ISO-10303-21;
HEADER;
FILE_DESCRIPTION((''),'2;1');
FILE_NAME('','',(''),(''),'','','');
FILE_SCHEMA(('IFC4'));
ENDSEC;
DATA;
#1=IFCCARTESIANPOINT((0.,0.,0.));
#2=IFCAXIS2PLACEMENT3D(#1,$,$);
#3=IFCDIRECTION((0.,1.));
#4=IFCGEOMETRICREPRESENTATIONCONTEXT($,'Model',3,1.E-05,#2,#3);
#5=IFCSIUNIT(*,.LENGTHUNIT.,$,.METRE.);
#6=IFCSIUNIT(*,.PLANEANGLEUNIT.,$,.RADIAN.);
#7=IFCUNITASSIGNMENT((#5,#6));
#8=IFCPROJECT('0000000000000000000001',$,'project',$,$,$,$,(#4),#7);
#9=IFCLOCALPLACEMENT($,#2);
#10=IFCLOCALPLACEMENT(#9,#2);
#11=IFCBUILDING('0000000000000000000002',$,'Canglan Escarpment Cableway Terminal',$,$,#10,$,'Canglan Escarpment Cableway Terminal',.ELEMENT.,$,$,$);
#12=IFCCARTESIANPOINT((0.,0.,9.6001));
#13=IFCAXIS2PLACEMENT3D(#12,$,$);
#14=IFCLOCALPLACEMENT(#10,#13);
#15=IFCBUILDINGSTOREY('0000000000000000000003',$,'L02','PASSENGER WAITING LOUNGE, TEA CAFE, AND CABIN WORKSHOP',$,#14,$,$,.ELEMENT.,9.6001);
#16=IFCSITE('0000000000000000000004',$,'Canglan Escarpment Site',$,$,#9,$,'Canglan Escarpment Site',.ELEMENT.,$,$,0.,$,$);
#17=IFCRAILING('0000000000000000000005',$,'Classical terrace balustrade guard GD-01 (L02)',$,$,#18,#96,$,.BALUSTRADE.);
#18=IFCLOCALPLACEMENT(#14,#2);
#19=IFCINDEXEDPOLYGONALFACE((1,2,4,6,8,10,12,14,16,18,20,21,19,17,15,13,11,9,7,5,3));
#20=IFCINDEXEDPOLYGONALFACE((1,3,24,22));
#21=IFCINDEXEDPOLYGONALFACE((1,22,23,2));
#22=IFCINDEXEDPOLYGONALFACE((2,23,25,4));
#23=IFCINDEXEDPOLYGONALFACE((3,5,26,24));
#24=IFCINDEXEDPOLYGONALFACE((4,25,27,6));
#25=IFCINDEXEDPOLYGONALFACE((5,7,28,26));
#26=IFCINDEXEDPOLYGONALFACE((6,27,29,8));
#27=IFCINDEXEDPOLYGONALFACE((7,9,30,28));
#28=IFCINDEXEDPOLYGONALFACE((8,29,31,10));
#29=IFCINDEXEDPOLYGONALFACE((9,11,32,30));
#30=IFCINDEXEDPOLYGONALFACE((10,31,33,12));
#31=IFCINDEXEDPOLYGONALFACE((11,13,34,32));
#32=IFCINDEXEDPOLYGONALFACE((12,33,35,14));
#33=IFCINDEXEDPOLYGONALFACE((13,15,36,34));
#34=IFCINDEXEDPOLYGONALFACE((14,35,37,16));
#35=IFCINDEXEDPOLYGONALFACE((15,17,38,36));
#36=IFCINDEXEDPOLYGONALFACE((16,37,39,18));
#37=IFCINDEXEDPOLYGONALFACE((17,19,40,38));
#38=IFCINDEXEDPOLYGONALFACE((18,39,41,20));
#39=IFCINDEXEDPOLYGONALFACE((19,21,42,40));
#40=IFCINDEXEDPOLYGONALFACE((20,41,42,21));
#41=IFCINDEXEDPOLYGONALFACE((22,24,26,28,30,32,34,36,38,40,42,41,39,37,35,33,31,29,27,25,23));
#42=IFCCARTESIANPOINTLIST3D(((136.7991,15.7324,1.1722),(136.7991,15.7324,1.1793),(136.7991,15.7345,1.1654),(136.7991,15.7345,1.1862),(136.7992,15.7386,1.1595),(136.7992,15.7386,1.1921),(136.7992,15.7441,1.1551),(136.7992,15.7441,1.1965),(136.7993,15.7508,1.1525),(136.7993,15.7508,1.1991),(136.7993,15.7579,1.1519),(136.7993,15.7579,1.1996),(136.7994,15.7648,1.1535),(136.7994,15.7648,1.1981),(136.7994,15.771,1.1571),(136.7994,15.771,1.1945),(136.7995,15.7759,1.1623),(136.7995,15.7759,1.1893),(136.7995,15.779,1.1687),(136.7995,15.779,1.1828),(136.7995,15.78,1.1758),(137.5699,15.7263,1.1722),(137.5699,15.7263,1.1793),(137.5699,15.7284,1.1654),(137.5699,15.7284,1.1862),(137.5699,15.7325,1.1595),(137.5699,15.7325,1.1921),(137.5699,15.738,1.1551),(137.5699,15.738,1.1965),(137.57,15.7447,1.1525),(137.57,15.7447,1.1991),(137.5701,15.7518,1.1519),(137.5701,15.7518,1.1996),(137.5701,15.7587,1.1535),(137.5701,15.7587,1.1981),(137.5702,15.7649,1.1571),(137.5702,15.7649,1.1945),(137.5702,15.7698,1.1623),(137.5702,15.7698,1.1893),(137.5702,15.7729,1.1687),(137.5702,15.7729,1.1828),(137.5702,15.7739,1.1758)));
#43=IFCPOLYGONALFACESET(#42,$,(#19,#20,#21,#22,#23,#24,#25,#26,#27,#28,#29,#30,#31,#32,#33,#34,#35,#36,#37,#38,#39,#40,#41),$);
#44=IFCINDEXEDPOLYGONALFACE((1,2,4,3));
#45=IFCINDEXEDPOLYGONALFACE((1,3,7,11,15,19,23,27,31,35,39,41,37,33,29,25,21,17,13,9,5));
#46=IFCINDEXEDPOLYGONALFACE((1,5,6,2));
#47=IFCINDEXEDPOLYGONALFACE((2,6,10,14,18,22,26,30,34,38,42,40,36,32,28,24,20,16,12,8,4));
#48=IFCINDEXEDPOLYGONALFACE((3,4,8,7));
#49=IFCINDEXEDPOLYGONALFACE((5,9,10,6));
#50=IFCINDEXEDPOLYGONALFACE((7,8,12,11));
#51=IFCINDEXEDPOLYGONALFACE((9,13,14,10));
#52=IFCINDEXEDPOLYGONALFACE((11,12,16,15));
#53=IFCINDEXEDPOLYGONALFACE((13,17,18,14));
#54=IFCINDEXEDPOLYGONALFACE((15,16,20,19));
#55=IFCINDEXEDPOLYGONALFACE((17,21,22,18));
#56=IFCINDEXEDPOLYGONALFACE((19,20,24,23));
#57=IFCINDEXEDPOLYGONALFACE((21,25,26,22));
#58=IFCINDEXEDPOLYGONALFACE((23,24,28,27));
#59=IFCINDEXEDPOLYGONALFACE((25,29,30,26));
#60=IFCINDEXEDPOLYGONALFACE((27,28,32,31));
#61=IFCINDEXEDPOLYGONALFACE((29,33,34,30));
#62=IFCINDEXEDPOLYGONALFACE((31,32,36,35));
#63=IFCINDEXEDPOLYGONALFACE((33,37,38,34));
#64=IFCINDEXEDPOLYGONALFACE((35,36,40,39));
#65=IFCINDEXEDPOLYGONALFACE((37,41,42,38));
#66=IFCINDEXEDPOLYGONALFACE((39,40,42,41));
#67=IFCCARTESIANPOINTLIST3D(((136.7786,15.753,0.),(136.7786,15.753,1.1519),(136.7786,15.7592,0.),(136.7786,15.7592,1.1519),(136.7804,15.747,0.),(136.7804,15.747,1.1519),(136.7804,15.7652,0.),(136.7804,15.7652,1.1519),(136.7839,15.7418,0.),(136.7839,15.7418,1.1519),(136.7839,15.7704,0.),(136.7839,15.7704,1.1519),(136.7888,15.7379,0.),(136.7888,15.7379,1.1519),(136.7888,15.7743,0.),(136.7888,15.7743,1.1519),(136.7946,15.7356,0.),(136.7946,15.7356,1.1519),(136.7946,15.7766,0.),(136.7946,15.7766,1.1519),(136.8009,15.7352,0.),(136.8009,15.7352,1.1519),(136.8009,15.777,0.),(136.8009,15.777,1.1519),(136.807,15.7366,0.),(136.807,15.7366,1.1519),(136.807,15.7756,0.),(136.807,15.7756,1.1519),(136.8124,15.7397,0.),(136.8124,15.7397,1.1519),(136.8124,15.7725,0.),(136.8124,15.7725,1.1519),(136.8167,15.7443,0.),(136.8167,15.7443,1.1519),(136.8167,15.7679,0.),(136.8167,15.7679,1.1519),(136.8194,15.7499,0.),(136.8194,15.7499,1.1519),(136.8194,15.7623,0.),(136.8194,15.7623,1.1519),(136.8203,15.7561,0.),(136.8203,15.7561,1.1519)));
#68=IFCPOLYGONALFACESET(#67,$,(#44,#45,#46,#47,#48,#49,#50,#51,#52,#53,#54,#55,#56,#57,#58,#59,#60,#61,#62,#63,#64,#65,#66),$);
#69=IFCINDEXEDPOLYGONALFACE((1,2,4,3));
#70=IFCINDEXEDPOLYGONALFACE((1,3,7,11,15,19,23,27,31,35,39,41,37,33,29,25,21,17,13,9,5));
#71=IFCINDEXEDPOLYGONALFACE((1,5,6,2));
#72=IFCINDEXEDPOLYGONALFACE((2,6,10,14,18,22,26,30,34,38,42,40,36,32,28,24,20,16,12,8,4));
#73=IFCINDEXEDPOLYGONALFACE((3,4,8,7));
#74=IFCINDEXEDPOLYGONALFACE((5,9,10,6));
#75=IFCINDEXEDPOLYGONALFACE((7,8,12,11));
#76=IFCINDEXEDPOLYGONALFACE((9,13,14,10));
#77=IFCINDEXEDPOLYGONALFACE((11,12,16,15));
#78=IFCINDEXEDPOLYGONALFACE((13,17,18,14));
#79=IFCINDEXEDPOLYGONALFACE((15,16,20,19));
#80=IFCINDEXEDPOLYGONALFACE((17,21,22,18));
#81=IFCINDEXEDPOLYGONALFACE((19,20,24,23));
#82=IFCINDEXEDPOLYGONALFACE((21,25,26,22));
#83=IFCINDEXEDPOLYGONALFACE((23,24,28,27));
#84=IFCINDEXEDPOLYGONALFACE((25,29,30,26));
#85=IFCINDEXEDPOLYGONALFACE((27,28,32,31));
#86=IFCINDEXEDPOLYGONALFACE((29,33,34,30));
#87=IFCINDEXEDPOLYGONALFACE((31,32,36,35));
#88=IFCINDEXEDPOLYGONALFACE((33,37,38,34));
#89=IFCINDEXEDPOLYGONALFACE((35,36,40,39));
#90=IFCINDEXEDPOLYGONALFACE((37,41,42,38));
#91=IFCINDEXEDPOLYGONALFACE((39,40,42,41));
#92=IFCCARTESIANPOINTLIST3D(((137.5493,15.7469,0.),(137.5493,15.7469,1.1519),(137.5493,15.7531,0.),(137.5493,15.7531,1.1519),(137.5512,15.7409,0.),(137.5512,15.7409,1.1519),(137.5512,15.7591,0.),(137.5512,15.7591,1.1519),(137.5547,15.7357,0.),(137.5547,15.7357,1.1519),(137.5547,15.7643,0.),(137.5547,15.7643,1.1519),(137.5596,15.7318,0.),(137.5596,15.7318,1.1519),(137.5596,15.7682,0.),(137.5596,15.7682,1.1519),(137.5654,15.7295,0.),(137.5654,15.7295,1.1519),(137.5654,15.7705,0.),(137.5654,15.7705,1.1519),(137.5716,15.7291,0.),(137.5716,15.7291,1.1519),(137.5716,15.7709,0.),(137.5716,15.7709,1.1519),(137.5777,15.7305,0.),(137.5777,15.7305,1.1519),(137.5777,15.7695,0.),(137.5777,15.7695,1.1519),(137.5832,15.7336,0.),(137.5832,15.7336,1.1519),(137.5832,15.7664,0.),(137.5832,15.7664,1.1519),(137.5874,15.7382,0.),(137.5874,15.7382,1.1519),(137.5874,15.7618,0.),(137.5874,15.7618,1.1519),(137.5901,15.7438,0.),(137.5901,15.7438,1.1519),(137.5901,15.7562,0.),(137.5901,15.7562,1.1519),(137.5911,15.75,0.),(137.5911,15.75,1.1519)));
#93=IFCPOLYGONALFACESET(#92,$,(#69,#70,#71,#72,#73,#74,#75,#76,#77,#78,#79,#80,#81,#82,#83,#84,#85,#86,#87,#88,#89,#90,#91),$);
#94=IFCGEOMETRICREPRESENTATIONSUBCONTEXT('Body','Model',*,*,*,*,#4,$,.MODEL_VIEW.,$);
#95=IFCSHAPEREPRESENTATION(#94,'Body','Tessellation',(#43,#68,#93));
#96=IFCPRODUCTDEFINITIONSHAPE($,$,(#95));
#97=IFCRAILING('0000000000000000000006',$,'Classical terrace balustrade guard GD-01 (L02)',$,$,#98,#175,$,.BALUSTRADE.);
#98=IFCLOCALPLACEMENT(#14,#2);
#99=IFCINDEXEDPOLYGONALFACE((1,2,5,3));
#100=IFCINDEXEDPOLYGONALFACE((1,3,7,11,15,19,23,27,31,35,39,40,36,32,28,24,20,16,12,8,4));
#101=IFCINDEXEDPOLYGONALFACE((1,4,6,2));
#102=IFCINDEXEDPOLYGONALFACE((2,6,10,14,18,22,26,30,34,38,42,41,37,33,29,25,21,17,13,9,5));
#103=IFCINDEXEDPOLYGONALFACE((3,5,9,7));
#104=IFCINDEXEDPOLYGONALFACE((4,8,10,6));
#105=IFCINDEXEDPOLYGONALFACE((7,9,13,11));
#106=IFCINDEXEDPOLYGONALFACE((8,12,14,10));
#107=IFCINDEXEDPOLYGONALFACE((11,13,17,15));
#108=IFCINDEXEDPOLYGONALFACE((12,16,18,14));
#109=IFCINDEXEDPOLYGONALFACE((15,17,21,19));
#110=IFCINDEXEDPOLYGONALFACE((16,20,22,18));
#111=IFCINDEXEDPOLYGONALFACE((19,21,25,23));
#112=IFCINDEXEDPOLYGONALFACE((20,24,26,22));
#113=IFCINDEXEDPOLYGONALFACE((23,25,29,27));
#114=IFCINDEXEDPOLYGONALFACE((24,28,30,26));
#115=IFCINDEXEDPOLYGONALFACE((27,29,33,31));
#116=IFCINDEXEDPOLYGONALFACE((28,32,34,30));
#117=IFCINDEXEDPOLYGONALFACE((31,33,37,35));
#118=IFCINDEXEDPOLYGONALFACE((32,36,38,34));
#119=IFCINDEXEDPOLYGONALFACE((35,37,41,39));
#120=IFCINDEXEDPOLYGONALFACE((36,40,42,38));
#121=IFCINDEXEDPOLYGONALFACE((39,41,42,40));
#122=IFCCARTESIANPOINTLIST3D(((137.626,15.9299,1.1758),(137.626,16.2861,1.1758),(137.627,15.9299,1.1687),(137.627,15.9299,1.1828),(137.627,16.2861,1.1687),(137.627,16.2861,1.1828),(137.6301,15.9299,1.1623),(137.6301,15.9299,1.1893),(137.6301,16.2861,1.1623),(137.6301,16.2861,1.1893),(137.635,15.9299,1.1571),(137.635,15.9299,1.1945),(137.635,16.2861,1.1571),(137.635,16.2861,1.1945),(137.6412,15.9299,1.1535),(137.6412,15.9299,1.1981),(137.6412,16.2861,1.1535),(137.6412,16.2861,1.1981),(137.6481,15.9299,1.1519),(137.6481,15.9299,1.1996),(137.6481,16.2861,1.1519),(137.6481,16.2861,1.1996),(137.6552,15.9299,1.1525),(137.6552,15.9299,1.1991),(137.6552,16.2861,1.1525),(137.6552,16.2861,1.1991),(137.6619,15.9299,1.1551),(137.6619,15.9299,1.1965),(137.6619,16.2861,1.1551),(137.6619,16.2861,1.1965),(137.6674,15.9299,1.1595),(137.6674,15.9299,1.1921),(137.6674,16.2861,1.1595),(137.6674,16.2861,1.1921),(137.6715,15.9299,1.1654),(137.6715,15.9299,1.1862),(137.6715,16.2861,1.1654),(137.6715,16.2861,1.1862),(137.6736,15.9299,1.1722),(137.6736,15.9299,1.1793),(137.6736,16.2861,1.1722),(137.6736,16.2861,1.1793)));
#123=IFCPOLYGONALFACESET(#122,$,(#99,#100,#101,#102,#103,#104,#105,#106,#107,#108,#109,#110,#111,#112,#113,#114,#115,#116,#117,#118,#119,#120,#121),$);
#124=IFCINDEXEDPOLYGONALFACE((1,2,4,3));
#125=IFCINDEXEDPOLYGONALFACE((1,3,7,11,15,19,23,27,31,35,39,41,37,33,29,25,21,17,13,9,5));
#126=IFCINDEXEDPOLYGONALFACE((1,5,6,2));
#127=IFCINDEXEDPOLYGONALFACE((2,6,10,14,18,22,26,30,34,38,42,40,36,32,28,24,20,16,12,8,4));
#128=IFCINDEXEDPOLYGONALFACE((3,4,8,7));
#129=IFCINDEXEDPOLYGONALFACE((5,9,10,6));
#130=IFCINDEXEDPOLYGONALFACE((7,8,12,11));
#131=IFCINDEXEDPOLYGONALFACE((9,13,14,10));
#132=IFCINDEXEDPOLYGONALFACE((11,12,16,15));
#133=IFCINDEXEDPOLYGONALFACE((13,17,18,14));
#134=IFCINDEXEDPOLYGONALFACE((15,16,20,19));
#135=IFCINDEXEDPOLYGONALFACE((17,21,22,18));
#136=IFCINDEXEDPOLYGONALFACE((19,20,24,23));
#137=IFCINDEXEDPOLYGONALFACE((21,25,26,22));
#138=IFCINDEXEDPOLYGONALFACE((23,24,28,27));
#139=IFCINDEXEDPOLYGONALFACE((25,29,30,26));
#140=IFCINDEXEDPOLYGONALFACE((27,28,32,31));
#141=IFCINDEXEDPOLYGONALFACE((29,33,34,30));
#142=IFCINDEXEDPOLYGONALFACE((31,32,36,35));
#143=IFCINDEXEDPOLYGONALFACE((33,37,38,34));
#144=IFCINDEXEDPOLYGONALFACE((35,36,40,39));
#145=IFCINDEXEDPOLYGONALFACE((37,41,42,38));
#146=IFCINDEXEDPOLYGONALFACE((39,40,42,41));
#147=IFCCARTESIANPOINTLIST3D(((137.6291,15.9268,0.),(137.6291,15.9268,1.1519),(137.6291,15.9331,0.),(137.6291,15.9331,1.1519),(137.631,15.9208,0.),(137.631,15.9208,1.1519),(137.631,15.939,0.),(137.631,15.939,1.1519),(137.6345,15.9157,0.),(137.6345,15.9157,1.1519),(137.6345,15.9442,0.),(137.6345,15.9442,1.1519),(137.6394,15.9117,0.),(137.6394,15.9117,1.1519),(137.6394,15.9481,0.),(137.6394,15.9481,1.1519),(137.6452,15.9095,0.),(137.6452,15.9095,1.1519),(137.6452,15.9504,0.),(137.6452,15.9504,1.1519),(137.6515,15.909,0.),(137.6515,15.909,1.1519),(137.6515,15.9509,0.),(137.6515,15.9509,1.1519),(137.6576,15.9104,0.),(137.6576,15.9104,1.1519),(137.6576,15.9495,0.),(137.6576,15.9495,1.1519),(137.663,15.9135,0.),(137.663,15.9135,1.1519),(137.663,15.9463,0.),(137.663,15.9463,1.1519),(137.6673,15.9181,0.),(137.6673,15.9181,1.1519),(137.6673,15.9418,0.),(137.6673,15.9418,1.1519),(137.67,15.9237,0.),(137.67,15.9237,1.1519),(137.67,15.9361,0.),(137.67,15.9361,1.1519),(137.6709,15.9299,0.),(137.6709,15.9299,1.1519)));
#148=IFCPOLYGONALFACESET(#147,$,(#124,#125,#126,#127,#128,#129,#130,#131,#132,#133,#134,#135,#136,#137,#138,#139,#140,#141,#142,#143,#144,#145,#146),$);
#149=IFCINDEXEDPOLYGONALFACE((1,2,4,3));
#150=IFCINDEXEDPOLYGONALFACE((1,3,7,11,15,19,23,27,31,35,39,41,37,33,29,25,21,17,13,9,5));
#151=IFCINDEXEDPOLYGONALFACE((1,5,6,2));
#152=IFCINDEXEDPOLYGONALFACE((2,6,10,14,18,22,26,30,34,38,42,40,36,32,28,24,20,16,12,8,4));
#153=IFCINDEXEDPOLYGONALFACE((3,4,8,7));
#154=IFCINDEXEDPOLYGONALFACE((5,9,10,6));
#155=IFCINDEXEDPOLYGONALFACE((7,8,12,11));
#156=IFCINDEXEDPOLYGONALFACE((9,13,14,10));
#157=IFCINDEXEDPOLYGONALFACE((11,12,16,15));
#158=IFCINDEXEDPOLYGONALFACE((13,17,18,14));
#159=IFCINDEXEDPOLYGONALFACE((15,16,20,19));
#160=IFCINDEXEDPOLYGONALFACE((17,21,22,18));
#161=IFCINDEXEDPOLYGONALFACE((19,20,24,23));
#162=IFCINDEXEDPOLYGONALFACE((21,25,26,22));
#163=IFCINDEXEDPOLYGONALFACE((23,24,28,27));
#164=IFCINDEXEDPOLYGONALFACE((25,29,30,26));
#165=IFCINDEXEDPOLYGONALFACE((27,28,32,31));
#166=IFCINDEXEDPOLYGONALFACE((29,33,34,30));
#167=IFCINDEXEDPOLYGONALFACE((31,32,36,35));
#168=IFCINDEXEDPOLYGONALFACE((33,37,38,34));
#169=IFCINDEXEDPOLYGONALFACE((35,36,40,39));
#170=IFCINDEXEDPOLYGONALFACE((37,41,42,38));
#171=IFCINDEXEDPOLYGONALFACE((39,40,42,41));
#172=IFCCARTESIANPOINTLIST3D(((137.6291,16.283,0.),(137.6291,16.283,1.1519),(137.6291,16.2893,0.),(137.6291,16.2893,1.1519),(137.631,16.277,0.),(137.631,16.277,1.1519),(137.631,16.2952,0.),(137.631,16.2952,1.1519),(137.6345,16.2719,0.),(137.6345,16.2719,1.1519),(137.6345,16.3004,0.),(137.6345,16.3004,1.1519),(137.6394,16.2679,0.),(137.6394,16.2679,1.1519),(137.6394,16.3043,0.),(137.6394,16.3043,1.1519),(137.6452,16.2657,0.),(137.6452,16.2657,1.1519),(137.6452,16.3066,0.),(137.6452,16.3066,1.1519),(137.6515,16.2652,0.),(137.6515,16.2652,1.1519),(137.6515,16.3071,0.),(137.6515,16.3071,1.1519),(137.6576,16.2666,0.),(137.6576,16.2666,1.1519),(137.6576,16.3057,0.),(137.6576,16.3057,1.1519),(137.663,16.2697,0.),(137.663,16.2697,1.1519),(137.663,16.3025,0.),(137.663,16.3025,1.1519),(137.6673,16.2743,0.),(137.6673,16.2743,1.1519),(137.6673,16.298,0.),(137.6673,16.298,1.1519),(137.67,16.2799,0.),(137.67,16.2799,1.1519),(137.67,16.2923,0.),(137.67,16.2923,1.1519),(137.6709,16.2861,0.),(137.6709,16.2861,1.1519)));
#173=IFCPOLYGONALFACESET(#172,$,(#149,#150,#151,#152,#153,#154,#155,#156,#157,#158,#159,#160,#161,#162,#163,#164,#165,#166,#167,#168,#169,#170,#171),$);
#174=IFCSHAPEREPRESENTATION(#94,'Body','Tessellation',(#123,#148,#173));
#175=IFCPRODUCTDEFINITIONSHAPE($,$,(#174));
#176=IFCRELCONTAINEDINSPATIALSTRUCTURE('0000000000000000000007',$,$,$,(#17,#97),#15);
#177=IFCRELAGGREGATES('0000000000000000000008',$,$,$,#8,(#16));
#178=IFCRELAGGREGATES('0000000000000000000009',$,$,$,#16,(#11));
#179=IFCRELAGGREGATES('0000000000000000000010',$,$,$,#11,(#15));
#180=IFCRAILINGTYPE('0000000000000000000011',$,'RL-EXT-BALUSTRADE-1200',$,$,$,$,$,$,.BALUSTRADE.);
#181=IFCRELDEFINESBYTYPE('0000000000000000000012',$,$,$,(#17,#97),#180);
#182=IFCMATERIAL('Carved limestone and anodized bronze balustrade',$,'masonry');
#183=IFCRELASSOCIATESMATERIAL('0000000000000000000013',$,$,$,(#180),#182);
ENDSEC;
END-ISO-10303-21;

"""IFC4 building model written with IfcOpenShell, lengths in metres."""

from ifc_helpers import new_model, si_unit, direction, frame, origin, origin_2d, place, context, subcontext, project, spatial, circle, extrude, material, type_object, element, save


model = new_model("IFC4")

# Units and contexts
model_context = context("Model", 3, precision=1e-05, world=origin(), true_north=direction((0.0, 1.0)))
body_context = subcontext(model_context, "Body", "Model", "MODEL_VIEW")
ifc_project = project(units=[si_unit("LENGTHUNIT", "METRE"), si_unit("PLANEANGLEUNIT", "RADIAN")], contexts=[model_context])

# Site, building, storey
site_placement = place(None, origin())
site = spatial("IfcSite", under=ifc_project, at=site_placement, Name="Canglan Escarpment Site", LongName="Canglan Escarpment Site", CompositionType="ELEMENT", RefElevation=0.0)
building_placement = place(site_placement, origin())
building = spatial("IfcBuilding", under=site, at=building_placement, Name="Canglan Escarpment Cableway Terminal", LongName="Canglan Escarpment Cableway Terminal", CompositionType="ELEMENT")
storey_placement = place(building_placement, frame((0.0, 0.0, 9.6001)))
storey = spatial("IfcBuildingStorey", under=building, at=storey_placement, Name="L02", Description="PASSENGER WAITING LOUNGE, TEA CAFE, AND CABIN WORKSHOP", CompositionType="ELEMENT", Elevation=9.6001)

# Railings
ifc_material_1 = material(Name="Carved limestone and anodized bronze balustrade", Category="masonry")
railing_type = type_object("IfcRailingType", Name="RL-EXT-BALUSTRADE-1200", PredefinedType="BALUSTRADE", material=ifc_material_1)
railing_1_placement = place(storey_placement, frame((136.7993, 15.7561, 0.0)))
element("IfcRailing", 1, at=railing_1_placement, inside=storey, type_object=railing_type, Name="Classical terrace balustrade guard GD-01 (L02)", PredefinedType="BALUSTRADE", context=body_context, shape_type="SweptSolid", body=[
    extrude(circle(Radius=0.0239, at=origin_2d()), frame((0.0, 0.0, 1.1758), z_axis=(0.999969, -0.007919, 0.0), x_axis=(0.007919, 0.999969, 0.0)), (0.0, 0.0, 1.0), 0.7708),
    extrude(circle(Radius=0.021, at=origin_2d()), origin(), (0.0, 0.0, 1.0), 1.1519),
    extrude(circle(Radius=0.021, at=origin_2d()), frame((0.7708, -0.0061, 0.0)), (0.0, 0.0, 1.0), 1.1519),
])
railing_2_placement = place(storey_placement, frame((137.6499, 15.9299, 0.0)))
element("IfcRailing", 2, at=railing_2_placement, inside=storey, type_object=railing_type, Name="Classical terrace balustrade guard GD-01 (L02)", PredefinedType="BALUSTRADE", context=body_context, shape_type="SweptSolid", body=[
    extrude(circle(Radius=0.0239, at=origin_2d()), frame((0.0, 0.0, 1.1758), z_axis=(0.0, 1.0, 0.0), x_axis=(-1.0, 0.0, 0.0)), (0.0, 0.0, 1.0), 0.3562),
    extrude(circle(Radius=0.021, at=origin_2d()), origin(), (0.0, 0.0, 1.0), 1.1519),
    extrude(circle(Radius=0.021, at=origin_2d()), frame((0.0, 0.3562, 0.0)), (0.0, 0.0, 1.0), 1.1519),
])

save(model, "model.ifc")
